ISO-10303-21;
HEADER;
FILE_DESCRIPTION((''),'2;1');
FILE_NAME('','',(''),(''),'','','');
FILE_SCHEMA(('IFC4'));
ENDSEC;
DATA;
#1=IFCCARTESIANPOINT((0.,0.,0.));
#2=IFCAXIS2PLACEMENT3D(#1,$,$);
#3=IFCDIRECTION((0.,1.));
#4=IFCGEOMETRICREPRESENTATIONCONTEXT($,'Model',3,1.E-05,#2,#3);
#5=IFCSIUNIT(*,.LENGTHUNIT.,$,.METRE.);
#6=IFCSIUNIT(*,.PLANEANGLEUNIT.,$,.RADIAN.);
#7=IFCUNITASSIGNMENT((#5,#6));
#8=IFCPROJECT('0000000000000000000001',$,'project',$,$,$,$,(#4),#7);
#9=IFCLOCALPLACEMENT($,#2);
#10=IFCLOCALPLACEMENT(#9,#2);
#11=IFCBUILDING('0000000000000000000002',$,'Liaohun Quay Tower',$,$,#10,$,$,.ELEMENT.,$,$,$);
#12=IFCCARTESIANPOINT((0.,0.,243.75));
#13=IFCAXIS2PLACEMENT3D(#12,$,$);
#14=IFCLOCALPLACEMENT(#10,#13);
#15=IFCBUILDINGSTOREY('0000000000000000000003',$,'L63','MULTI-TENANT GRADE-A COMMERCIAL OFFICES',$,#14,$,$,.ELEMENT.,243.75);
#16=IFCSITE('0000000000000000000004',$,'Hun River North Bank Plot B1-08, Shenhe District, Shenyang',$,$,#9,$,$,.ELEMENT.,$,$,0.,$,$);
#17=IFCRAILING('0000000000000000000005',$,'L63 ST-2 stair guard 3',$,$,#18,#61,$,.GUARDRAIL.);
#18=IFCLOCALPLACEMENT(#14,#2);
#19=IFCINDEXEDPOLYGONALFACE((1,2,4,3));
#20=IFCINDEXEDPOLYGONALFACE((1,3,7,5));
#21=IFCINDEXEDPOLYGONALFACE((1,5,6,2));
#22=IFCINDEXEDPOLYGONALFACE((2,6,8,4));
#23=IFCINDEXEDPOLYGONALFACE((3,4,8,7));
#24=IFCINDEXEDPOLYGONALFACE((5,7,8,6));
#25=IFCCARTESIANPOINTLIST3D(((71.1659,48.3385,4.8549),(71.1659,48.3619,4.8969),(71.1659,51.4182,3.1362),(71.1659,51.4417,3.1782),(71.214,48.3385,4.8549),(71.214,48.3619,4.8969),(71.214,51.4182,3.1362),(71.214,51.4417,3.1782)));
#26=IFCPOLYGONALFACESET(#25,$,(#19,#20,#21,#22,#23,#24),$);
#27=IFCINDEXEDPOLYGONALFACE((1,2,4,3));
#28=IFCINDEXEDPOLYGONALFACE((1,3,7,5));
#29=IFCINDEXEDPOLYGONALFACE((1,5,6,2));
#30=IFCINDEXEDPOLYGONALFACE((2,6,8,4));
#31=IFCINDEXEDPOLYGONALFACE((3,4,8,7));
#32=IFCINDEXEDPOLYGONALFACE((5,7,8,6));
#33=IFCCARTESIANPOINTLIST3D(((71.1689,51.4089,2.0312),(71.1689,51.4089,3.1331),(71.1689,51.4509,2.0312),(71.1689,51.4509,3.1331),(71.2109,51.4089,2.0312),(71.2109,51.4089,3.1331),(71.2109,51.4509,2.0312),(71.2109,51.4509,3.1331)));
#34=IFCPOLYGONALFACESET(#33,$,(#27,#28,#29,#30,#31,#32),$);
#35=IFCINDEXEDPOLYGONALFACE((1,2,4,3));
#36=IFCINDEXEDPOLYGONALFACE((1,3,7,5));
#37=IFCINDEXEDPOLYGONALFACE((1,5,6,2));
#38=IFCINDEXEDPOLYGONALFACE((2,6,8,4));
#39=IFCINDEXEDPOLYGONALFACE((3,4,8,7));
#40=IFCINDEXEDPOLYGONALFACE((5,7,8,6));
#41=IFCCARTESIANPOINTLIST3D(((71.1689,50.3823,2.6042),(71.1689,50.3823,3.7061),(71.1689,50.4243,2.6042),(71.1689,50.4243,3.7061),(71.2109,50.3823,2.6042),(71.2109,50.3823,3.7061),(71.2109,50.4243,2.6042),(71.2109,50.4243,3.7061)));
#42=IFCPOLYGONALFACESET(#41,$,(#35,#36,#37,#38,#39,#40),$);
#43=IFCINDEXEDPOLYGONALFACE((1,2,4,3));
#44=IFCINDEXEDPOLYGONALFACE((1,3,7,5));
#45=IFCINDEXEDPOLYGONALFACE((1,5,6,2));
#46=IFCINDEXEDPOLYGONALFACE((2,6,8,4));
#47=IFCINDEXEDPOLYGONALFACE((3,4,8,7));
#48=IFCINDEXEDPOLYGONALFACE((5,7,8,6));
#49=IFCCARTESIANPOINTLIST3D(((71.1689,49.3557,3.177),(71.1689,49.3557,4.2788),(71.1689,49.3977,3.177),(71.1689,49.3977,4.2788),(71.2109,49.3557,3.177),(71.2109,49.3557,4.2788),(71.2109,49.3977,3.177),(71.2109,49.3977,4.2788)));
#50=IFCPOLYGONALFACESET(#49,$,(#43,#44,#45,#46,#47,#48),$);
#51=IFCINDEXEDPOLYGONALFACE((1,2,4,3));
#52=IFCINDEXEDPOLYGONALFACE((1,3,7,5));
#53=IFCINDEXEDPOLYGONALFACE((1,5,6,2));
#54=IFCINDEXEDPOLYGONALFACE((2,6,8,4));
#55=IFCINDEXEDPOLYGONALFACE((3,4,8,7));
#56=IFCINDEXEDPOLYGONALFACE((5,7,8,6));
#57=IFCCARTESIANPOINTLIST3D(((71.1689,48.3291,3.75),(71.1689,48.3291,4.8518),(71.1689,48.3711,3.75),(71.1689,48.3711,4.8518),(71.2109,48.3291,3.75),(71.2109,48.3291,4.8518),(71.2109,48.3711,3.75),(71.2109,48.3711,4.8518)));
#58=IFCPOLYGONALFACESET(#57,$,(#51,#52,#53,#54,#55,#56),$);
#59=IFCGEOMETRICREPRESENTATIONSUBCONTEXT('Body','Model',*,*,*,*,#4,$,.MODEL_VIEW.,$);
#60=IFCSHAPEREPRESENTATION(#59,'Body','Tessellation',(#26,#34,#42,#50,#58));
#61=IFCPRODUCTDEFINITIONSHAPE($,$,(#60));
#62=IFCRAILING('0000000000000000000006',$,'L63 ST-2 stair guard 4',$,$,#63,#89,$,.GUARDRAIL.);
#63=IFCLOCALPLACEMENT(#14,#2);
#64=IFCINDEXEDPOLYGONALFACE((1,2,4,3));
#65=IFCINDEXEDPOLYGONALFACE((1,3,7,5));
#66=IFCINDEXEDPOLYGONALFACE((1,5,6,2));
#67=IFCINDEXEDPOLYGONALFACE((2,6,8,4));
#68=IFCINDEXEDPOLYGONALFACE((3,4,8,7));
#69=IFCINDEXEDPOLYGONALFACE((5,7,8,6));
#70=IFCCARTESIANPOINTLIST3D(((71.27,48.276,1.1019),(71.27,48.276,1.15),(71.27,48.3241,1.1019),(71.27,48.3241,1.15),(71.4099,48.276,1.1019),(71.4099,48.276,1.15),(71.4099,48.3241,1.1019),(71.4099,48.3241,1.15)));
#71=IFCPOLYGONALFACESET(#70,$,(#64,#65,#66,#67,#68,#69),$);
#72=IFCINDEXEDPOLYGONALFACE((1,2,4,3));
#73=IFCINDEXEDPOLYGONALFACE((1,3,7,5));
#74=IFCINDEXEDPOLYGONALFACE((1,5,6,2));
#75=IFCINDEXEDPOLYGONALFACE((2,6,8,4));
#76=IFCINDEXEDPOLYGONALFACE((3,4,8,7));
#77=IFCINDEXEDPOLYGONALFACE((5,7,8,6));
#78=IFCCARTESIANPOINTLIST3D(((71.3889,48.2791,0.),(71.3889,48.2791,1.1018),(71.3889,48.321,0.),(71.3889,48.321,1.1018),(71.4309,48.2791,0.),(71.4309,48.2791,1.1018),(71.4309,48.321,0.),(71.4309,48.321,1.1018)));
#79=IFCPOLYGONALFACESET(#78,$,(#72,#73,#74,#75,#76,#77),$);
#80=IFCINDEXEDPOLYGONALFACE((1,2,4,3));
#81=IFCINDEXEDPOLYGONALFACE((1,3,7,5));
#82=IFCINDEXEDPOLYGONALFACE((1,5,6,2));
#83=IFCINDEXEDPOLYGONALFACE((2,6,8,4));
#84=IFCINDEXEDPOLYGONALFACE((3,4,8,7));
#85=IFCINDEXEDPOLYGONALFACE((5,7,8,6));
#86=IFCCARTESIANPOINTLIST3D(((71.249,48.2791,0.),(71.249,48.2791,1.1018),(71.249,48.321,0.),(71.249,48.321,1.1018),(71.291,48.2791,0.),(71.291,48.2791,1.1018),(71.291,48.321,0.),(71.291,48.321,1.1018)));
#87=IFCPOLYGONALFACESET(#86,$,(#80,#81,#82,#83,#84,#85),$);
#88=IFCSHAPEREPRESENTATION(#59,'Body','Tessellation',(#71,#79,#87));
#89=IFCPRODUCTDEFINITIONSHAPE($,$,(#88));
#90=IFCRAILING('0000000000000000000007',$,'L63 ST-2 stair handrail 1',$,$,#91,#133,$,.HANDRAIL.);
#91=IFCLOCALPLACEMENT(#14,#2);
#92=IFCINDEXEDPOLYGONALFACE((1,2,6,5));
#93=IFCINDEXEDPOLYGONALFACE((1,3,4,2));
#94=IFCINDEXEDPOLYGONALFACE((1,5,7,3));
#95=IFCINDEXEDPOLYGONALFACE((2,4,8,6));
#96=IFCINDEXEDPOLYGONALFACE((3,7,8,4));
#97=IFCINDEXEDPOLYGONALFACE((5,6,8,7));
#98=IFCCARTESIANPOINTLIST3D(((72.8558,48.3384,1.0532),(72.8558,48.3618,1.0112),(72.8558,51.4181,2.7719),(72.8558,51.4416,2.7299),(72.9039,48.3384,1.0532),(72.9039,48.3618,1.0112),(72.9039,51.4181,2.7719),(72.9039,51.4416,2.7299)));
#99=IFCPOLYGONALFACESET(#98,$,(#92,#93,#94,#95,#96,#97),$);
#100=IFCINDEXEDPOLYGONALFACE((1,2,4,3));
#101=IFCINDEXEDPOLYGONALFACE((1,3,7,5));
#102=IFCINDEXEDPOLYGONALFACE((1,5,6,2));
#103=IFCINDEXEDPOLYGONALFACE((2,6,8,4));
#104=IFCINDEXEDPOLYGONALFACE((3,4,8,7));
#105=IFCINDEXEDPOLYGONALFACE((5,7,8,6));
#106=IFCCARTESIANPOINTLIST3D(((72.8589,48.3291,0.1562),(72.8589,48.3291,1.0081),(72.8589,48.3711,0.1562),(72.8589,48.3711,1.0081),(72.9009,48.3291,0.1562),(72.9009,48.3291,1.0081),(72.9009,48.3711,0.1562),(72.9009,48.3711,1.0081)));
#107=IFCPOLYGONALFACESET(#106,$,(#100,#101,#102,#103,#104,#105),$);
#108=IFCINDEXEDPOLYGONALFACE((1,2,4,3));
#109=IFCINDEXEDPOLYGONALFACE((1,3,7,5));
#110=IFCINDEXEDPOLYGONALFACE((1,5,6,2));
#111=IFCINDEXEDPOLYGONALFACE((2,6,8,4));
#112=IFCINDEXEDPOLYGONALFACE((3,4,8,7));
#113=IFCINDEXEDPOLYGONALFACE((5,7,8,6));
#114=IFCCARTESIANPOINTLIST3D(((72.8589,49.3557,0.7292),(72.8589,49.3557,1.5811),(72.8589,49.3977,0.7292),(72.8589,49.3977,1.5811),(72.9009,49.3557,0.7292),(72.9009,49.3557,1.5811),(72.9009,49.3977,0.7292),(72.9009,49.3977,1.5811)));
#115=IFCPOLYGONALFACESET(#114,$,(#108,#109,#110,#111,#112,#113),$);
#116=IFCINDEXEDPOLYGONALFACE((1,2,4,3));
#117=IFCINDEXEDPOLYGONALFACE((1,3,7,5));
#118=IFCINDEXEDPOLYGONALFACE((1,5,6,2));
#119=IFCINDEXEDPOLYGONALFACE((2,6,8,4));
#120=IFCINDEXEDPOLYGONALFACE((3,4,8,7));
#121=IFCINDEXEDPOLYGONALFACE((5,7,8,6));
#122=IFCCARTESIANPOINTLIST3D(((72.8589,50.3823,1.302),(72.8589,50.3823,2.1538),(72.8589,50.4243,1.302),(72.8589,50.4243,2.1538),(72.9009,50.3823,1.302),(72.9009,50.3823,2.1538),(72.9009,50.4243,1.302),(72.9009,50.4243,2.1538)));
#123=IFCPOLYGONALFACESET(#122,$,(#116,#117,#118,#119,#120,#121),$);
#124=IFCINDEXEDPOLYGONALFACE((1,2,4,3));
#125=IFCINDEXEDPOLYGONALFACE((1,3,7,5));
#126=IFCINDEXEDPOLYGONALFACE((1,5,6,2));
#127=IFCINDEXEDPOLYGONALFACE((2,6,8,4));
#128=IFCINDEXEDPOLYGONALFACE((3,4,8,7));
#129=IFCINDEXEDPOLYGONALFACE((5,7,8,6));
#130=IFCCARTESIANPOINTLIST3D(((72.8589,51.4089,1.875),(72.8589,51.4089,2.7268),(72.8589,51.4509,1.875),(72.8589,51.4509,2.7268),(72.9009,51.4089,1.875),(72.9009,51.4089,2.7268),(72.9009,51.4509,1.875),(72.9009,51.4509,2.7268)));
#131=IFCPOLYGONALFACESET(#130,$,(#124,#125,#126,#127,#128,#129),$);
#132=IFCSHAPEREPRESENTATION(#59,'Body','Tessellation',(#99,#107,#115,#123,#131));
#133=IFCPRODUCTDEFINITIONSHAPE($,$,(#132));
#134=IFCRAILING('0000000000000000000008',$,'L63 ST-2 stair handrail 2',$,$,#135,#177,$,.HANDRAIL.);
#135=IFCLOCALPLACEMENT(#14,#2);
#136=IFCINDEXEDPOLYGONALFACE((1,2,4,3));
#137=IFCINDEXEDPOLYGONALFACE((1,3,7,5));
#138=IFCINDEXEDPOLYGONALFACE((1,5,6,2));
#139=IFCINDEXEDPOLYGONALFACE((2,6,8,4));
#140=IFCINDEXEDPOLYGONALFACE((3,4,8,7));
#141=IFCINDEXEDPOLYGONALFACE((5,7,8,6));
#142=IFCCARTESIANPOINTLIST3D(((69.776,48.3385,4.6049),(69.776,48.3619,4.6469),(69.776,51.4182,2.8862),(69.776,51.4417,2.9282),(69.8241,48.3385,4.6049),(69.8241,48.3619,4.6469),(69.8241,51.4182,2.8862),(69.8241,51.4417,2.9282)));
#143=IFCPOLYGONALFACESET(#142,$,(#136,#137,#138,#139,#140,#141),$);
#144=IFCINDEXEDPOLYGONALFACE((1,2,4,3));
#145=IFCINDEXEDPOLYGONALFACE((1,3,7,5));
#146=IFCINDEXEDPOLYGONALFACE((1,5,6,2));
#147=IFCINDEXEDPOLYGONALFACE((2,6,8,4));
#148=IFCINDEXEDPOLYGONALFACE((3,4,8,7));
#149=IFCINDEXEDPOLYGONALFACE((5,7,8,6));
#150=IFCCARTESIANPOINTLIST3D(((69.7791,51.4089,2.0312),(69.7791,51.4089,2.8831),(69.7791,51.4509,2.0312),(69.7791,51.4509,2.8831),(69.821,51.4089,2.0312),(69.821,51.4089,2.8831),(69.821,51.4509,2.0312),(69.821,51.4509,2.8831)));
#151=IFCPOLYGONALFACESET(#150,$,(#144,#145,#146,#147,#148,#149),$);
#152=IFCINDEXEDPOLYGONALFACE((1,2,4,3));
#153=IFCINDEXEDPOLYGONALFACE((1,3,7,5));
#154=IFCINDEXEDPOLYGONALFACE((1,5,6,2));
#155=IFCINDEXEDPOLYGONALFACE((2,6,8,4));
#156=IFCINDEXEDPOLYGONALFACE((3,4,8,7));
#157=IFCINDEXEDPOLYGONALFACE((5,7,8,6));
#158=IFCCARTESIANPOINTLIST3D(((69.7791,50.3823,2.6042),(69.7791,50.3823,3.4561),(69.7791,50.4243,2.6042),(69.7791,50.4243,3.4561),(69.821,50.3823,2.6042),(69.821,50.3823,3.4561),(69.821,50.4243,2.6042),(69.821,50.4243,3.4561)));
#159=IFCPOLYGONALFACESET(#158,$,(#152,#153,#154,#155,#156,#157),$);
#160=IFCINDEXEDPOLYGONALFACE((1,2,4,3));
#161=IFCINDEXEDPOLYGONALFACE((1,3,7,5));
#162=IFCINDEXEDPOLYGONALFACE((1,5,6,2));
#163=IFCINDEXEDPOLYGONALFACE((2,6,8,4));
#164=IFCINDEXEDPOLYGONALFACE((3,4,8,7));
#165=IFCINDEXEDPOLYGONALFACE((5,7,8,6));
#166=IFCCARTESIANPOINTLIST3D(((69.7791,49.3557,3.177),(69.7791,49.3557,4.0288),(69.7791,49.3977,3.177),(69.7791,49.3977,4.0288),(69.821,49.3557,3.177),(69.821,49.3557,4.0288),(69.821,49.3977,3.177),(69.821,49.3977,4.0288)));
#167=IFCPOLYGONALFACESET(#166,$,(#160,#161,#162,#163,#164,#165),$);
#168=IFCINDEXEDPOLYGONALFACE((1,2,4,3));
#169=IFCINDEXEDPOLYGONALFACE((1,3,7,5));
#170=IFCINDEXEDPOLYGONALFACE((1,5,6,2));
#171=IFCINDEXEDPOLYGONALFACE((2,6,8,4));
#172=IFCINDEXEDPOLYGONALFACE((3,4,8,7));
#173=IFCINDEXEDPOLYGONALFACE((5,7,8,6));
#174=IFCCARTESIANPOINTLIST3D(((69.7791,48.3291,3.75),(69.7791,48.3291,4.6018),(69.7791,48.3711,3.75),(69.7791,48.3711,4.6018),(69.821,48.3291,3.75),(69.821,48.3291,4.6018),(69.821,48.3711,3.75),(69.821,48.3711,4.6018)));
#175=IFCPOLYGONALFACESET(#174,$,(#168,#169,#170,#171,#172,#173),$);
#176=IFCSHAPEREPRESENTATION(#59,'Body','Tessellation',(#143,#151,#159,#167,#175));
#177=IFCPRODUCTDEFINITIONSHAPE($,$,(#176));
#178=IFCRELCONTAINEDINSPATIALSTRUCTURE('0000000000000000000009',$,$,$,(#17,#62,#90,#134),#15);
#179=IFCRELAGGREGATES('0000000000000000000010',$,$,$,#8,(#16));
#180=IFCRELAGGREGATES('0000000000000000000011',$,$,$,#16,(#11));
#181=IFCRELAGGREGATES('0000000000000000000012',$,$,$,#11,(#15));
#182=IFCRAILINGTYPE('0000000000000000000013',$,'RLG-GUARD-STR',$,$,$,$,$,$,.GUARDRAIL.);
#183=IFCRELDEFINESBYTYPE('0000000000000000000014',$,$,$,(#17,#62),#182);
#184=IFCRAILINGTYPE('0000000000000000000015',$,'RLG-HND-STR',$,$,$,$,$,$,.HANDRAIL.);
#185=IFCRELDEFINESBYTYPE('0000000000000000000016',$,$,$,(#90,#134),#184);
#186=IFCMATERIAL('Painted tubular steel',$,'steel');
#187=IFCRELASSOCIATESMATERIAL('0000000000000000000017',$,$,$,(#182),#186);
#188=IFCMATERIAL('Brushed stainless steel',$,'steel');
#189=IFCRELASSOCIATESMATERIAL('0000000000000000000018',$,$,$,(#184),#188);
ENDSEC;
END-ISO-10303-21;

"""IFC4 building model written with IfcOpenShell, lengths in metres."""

from ifc_helpers import new_model, si_unit, direction, frame, origin, origin_2d, place, context, subcontext, project, spatial, rectangle, extrude, material, type_object, element, save


model = new_model("IFC4")

# Units and contexts
model_context = context("Model", 3, precision=1e-05, world=origin(), true_north=direction((0.0, 1.0)))
body_context = subcontext(model_context, "Body", "Model", "MODEL_VIEW")
ifc_project = project(units=[si_unit("LENGTHUNIT", "METRE"), si_unit("PLANEANGLEUNIT", "RADIAN")], contexts=[model_context])

# Site, building, storey
site_placement = place(None, origin())
site = spatial("IfcSite", under=ifc_project, at=site_placement, Name="Hun River North Bank Plot B1-08, Shenhe District, Shenyang", CompositionType="ELEMENT", RefElevation=0.0)
building_placement = place(site_placement, origin())
building = spatial("IfcBuilding", under=site, at=building_placement, Name="Liaohun Quay Tower", CompositionType="ELEMENT")
storey_placement = place(building_placement, frame((0.0, 0.0, 243.75)))
storey = spatial("IfcBuildingStorey", under=building, at=storey_placement, Name="L63", Description="MULTI-TENANT GRADE-A COMMERCIAL OFFICES", CompositionType="ELEMENT", Elevation=243.75)

# Railings
ifc_material_1 = material(Name="Painted tubular steel", Category="steel")
railing_type_1 = type_object("IfcRailingType", Name="RLG-GUARD-STR", PredefinedType="GUARDRAIL", material=ifc_material_1)
railing_1_placement = place(storey_placement, frame((71.1899, 51.4299, 2.0312)))
element("IfcRailing", 1, at=railing_1_placement, inside=storey, type_object=railing_type_1, Name="L63 ST-2 stair guard 3", PredefinedType="GUARDRAIL", context=body_context, shape_type="SweptSolid", body=[
    extrude(rectangle(XDim=0.0481, YDim=0.0481, at=origin_2d()), frame((0.0, 0.0, 1.126), z_axis=(0.0, -0.873225, 0.487317), x_axis=(1.0, 0.0, 0.0)), (0.0, 0.0, 1.0), 3.5269),
    extrude(rectangle(XDim=0.042, YDim=0.042, at=origin_2d()), origin(), (0.0, 0.0, 1.0), 1.1018),
    extrude(rectangle(XDim=0.042, YDim=0.042, at=origin_2d()), frame((0.0, -1.0266, 0.573)), (0.0, 0.0, 1.0), 1.1018),
    extrude(rectangle(XDim=0.042, YDim=0.042, at=origin_2d()), frame((0.0, -2.0532, 1.1458)), (0.0, 0.0, 1.0), 1.1018),
    extrude(rectangle(XDim=0.042, YDim=0.042, at=origin_2d()), frame((0.0, -3.0798, 1.7188)), (0.0, 0.0, 1.0), 1.1018),
])
railing_2_placement = place(storey_placement, frame((71.4099, 48.3, 0.0)))
element("IfcRailing", 2, at=railing_2_placement, inside=storey, type_object=railing_type_1, Name="L63 ST-2 stair guard 4", PredefinedType="GUARDRAIL", context=body_context, shape_type="SweptSolid", body=[
    extrude(rectangle(XDim=0.0481, YDim=0.0481, at=origin_2d()), frame((0.0, 0.0, 1.126), z_axis=(-1.0, 0.0, 0.0), x_axis=(0.0, -1.0, 0.0)), (0.0, 0.0, 1.0), 0.1399),
    extrude(rectangle(XDim=0.042, YDim=0.042, at=origin_2d()), origin(), (0.0, 0.0, 1.0), 1.1018),
    extrude(rectangle(XDim=0.042, YDim=0.042, at=origin_2d()), frame((-0.1399, 0.0, 0.0)), (0.0, 0.0, 1.0), 1.1018),
])
ifc_material_2 = material(Name="Brushed stainless steel", Category="steel")
railing_type_2 = type_object("IfcRailingType", Name="RLG-HND-STR", PredefinedType="HANDRAIL", material=ifc_material_2)
railing_3_placement = place(storey_placement, frame((72.8799, 48.3501, 0.1562)))
element("IfcRailing", 3, at=railing_3_placement, inside=storey, type_object=railing_type_2, Name="L63 ST-2 stair handrail 1", PredefinedType="HANDRAIL", context=body_context, shape_type="SweptSolid", body=[
    extrude(rectangle(XDim=0.0481, YDim=0.0481, at=origin_2d()), frame((0.0, 0.0, 0.876), z_axis=(0.0, 0.873225, 0.487317), x_axis=(-1.0, 0.0, 0.0)), (0.0, 0.0, 1.0), 3.5269),
    extrude(rectangle(XDim=0.042, YDim=0.042, at=origin_2d()), origin(), (0.0, 0.0, 1.0), 0.8518),
    extrude(rectangle(XDim=0.042, YDim=0.042, at=origin_2d()), frame((0.0, 1.0266, 0.573)), (0.0, 0.0, 1.0), 0.8518),
    extrude(rectangle(XDim=0.042, YDim=0.042, at=origin_2d()), frame((0.0, 2.0532, 1.1458)), (0.0, 0.0, 1.0), 0.8518),
    extrude(rectangle(XDim=0.042, YDim=0.042, at=origin_2d()), frame((0.0, 3.0798, 1.7188)), (0.0, 0.0, 1.0), 0.8518),
])
railing_4_placement = place(storey_placement, frame((69.8, 51.4299, 2.0312)))
element("IfcRailing", 4, at=railing_4_placement, inside=storey, type_object=railing_type_2, Name="L63 ST-2 stair handrail 2", PredefinedType="HANDRAIL", context=body_context, shape_type="SweptSolid", body=[
    extrude(rectangle(XDim=0.0481, YDim=0.0481, at=origin_2d()), frame((0.0, 0.0, 0.876), z_axis=(0.0, -0.873225, 0.487317), x_axis=(1.0, 0.0, 0.0)), (0.0, 0.0, 1.0), 3.5269),
    extrude(rectangle(XDim=0.042, YDim=0.042, at=origin_2d()), origin(), (0.0, 0.0, 1.0), 0.8518),
    extrude(rectangle(XDim=0.042, YDim=0.042, at=origin_2d()), frame((0.0, -1.0266, 0.573)), (0.0, 0.0, 1.0), 0.8518),
    extrude(rectangle(XDim=0.042, YDim=0.042, at=origin_2d()), frame((0.0, -2.0532, 1.1458)), (0.0, 0.0, 1.0), 0.8518),
    extrude(rectangle(XDim=0.042, YDim=0.042, at=origin_2d()), frame((0.0, -3.0798, 1.7188)), (0.0, 0.0, 1.0), 0.8518),
])

save(model, "model.ifc")
